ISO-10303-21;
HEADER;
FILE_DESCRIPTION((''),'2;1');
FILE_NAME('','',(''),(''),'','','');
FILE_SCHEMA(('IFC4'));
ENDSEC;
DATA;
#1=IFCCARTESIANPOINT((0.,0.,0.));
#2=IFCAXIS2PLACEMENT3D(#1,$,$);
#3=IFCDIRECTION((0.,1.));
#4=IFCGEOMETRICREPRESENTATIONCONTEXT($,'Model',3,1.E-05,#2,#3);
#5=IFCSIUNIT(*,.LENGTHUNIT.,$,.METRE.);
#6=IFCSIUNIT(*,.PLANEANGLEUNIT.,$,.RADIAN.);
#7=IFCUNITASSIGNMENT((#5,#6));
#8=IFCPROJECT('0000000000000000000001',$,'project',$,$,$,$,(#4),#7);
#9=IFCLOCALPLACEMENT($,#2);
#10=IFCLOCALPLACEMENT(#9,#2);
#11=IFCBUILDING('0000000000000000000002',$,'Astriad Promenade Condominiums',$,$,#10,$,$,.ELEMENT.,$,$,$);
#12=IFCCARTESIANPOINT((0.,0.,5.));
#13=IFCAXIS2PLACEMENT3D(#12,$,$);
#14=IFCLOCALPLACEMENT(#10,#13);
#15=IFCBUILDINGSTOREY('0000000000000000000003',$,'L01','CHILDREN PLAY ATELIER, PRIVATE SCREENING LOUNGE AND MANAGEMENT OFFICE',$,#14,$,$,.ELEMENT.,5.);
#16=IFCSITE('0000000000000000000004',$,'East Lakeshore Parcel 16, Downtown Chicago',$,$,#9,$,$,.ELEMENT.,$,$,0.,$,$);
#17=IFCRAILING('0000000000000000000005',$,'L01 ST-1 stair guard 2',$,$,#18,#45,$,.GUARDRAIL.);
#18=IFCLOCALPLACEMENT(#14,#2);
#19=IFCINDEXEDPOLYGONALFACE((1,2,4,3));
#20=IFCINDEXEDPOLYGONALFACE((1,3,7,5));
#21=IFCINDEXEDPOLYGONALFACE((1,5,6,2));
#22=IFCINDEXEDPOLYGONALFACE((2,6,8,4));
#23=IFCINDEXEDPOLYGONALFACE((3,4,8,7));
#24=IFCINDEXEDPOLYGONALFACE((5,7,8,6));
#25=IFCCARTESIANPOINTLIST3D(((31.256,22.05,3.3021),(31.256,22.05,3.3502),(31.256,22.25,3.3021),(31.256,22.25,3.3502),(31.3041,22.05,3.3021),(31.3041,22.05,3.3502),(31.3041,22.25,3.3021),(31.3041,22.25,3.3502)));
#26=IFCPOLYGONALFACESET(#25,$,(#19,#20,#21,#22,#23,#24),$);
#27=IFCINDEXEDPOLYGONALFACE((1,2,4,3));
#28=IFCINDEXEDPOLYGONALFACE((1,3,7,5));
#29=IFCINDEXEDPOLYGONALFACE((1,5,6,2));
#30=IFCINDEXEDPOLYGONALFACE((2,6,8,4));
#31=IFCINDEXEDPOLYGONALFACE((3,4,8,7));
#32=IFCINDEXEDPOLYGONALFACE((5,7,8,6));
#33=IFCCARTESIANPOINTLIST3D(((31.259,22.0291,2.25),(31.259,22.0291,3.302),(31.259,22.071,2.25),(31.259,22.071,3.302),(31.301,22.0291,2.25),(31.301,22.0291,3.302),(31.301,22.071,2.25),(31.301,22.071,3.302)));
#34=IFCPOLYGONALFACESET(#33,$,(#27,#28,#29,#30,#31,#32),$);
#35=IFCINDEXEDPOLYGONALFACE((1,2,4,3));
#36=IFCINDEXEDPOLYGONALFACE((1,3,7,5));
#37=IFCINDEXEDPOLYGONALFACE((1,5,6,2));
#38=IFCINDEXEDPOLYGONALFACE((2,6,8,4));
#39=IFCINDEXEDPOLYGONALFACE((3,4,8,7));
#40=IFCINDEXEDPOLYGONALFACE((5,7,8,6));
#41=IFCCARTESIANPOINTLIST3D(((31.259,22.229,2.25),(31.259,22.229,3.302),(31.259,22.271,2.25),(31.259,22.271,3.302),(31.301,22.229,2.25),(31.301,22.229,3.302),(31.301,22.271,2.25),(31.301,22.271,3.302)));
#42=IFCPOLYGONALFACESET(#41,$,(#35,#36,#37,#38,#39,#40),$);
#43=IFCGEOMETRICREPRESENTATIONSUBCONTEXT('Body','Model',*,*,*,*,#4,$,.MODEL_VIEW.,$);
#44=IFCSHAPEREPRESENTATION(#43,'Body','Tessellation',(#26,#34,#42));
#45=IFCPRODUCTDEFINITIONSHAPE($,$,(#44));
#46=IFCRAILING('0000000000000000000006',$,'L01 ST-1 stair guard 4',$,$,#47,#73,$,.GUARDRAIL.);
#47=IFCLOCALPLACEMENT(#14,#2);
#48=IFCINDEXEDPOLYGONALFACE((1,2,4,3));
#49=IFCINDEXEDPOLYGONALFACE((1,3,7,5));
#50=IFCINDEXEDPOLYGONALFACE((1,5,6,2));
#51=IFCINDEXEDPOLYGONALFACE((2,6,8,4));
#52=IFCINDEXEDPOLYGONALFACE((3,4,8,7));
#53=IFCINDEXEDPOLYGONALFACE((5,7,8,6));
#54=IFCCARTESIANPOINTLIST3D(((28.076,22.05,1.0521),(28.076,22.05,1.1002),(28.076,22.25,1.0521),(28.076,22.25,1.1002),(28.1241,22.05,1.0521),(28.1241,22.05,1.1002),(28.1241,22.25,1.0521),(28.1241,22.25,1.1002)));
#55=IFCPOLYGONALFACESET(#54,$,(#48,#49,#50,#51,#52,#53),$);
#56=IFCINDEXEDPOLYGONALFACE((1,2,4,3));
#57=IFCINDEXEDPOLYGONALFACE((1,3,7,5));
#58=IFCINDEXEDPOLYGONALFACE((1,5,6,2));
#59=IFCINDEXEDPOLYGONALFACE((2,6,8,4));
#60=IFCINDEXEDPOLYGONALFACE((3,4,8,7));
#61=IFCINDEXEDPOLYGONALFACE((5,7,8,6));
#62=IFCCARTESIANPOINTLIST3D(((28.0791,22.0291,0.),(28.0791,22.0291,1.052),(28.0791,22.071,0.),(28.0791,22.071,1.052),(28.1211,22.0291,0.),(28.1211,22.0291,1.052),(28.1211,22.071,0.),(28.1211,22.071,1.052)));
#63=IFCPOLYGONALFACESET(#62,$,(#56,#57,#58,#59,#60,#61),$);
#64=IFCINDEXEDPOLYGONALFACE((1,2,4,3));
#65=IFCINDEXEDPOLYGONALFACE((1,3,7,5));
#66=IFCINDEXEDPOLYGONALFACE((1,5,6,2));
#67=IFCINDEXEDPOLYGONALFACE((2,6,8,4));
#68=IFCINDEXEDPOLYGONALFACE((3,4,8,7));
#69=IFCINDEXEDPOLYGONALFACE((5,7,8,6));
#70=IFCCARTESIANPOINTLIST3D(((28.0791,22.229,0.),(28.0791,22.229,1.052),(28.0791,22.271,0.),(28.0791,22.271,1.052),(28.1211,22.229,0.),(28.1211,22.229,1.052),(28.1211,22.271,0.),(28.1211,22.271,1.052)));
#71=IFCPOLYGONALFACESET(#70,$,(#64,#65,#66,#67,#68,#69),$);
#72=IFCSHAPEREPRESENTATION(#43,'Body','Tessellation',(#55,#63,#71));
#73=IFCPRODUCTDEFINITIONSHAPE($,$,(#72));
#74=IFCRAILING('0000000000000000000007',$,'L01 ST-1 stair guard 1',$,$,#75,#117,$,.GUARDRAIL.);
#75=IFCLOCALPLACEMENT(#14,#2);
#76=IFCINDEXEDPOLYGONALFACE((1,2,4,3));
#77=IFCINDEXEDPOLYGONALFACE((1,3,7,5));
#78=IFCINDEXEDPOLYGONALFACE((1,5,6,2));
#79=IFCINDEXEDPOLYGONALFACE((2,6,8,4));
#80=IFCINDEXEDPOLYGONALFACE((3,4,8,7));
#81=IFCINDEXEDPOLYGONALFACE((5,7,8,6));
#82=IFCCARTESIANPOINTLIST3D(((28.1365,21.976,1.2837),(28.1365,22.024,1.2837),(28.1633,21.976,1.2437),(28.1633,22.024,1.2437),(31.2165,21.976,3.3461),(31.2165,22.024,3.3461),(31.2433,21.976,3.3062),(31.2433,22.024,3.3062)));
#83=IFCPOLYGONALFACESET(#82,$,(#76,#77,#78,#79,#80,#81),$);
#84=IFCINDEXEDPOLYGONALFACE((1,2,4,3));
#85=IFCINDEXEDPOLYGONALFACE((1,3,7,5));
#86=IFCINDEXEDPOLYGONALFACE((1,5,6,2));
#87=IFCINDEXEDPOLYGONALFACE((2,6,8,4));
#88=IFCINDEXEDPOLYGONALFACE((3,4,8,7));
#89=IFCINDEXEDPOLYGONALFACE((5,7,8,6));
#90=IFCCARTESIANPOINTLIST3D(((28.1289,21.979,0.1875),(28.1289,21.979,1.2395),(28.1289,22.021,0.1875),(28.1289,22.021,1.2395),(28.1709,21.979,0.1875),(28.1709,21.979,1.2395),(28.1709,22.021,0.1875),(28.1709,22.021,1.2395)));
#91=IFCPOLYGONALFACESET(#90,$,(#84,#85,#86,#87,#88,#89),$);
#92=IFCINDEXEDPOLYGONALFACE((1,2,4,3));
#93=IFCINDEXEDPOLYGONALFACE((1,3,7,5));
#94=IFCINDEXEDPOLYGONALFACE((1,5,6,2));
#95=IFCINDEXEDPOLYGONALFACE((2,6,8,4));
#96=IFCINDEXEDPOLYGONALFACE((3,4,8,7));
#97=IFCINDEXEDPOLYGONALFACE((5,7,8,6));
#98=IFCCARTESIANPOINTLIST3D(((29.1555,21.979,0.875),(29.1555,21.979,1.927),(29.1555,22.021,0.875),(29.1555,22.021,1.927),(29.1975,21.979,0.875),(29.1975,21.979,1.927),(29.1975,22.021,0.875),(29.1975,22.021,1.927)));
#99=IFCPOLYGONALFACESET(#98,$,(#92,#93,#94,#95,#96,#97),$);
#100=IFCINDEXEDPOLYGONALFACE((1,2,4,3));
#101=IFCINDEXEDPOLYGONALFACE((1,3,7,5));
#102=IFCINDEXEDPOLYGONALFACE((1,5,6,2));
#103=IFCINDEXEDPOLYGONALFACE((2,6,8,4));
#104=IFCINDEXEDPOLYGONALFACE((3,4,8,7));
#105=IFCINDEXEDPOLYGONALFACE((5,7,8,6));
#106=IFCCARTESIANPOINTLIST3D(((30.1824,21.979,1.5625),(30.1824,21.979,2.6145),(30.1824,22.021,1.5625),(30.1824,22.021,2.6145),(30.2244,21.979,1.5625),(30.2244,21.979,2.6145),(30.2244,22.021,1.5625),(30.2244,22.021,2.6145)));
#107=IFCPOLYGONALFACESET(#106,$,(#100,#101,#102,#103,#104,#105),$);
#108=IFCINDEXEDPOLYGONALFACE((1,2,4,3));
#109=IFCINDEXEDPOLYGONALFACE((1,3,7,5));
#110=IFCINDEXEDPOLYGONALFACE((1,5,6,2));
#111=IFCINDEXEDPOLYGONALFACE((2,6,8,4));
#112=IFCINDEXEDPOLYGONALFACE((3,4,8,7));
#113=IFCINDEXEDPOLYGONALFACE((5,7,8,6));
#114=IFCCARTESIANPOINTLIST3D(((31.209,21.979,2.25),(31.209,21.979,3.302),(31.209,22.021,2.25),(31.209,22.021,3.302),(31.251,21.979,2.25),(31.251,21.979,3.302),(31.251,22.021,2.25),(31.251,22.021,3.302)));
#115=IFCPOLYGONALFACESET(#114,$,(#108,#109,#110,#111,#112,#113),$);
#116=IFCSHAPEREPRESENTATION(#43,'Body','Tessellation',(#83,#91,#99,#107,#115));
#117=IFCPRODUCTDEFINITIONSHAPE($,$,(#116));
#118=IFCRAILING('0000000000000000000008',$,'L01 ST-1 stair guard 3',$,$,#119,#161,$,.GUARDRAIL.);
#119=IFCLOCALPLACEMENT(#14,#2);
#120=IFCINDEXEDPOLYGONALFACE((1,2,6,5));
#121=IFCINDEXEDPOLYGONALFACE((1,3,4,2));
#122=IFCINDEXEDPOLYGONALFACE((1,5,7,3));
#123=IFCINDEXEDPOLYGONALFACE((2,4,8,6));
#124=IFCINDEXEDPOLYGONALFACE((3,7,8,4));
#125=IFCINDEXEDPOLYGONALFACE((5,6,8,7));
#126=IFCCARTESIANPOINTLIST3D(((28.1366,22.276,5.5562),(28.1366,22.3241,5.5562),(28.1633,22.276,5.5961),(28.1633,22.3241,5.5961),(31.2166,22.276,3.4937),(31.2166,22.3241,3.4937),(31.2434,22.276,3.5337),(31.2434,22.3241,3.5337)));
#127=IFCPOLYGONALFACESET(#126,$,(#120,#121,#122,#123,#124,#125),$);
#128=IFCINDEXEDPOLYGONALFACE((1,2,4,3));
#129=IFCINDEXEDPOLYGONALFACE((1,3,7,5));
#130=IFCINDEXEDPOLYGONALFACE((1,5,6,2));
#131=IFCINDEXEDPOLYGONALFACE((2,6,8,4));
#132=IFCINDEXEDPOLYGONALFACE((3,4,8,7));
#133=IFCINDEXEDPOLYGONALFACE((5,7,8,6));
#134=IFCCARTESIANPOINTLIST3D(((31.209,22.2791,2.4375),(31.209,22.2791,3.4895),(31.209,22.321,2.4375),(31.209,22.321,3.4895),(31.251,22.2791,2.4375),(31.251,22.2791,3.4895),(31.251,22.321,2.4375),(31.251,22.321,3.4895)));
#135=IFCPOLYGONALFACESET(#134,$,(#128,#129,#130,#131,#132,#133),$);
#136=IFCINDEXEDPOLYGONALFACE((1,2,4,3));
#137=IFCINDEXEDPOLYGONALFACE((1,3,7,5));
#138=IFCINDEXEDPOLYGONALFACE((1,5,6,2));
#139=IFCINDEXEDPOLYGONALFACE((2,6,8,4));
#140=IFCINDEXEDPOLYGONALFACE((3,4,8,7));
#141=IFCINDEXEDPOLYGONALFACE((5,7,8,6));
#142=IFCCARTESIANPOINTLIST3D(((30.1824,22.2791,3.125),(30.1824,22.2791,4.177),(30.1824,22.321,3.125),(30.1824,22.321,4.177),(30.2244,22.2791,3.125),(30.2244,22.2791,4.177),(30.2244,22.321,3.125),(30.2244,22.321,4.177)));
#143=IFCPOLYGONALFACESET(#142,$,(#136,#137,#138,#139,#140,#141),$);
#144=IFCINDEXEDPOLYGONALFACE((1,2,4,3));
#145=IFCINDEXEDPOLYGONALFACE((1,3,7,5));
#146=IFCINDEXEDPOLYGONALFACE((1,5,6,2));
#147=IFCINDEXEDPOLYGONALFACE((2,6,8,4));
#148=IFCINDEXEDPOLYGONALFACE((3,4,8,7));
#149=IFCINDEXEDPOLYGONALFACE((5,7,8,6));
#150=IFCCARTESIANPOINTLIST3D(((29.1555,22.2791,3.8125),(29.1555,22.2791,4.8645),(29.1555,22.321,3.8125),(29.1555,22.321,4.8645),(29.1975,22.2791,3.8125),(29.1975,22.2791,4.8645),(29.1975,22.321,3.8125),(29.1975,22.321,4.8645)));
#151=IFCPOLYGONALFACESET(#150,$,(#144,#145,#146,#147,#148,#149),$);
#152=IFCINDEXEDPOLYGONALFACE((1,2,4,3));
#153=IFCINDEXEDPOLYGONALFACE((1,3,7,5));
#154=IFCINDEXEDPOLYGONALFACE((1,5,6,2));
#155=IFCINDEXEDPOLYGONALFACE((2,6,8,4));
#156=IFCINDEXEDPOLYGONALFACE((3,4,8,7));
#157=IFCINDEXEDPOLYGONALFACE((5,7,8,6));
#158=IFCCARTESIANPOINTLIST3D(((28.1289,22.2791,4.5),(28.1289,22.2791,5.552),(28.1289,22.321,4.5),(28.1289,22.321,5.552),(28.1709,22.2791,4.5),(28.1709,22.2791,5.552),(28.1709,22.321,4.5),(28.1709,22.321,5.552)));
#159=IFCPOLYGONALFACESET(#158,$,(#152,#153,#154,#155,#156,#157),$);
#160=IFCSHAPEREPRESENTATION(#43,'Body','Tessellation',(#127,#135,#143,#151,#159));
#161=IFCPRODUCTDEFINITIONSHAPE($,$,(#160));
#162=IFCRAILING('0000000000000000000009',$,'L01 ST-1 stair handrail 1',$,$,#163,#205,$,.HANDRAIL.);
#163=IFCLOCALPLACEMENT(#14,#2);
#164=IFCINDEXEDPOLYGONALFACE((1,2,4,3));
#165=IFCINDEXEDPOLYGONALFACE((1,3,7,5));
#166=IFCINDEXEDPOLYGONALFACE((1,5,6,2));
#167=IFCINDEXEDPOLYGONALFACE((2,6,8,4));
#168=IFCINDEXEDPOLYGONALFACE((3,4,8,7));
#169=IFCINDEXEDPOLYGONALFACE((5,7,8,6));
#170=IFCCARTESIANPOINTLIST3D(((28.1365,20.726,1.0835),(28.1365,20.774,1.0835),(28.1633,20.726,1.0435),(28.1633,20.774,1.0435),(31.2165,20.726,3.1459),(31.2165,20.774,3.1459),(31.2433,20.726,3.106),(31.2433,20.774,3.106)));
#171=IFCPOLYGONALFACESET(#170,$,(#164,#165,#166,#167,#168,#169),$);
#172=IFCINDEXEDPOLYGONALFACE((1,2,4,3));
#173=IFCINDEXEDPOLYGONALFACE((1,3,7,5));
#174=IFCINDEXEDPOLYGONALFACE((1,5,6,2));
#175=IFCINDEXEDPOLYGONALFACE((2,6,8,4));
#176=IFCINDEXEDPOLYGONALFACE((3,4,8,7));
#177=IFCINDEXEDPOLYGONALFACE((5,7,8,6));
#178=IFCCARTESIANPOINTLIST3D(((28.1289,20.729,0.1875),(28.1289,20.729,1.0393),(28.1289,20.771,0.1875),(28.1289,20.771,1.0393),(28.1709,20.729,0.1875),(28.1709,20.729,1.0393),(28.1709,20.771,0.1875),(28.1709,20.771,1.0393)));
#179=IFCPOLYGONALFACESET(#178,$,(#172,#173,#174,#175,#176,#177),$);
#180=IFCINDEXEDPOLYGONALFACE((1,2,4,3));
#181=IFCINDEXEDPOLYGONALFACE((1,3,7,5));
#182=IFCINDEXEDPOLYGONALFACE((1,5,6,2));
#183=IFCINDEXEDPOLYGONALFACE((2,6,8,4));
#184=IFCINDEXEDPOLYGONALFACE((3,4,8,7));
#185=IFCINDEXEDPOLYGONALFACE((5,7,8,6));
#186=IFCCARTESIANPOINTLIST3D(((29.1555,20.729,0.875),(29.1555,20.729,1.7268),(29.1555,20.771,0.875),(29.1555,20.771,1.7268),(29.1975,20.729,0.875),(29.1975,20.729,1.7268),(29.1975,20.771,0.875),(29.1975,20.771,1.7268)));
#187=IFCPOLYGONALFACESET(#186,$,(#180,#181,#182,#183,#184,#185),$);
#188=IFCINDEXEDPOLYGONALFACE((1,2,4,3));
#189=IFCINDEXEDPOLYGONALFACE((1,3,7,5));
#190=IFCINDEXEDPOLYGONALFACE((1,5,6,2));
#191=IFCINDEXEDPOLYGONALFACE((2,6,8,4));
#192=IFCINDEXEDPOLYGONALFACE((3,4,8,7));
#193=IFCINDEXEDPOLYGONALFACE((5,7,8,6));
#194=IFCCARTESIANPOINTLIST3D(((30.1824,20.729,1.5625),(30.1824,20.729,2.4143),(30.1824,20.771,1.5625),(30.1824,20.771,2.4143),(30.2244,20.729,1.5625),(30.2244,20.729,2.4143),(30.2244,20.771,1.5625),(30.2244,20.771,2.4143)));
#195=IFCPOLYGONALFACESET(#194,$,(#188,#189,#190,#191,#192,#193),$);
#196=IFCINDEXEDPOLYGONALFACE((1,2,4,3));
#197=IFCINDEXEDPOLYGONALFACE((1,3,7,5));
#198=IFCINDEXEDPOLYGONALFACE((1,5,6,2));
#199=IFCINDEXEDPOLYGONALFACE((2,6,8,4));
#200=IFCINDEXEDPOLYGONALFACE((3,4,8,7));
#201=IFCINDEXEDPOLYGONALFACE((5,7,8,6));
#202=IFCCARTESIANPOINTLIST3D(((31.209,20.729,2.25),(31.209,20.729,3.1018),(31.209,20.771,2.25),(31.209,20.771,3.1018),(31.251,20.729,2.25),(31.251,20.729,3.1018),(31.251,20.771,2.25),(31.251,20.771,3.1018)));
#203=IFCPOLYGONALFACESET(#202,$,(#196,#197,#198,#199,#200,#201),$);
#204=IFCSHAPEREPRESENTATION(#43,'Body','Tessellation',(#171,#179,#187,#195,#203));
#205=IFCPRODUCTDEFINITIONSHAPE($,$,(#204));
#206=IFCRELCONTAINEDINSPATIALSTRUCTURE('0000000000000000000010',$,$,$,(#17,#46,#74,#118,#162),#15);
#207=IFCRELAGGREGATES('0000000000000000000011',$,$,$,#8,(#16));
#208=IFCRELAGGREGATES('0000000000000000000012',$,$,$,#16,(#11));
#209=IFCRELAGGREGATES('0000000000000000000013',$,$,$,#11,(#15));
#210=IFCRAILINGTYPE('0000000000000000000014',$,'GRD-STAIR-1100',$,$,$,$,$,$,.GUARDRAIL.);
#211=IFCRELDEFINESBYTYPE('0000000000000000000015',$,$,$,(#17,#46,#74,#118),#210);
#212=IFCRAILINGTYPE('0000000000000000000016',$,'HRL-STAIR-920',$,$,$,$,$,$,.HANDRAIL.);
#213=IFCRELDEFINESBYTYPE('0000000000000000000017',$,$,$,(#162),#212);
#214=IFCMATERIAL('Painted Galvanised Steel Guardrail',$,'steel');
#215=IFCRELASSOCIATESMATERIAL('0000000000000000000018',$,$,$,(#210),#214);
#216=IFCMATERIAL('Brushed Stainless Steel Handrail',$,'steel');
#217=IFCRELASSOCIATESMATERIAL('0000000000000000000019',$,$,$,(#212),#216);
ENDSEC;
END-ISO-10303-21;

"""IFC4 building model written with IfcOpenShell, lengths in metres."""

from ifc_helpers import new_model, si_unit, direction, frame, origin, origin_2d, place, context, subcontext, project, spatial, rectangle, extrude, source, transform, mapped, material, type_object, type_shapes, element, save


model = new_model("IFC4")

# Units and contexts
model_context = context("Model", 3, precision=1e-05, world=origin(), true_north=direction((0.0, 1.0)))
body_context = subcontext(model_context, "Body", "Model", "MODEL_VIEW")
ifc_project = project(units=[si_unit("LENGTHUNIT", "METRE"), si_unit("PLANEANGLEUNIT", "RADIAN")], contexts=[model_context])

# Site, building, storey
site_placement = place(None, origin())
site = spatial("IfcSite", under=ifc_project, at=site_placement, Name="East Lakeshore Parcel 16, Downtown Chicago", CompositionType="ELEMENT", RefElevation=0.0)
building_placement = place(site_placement, origin())
building = spatial("IfcBuilding", under=site, at=building_placement, Name="Astriad Promenade Condominiums", CompositionType="ELEMENT")
storey_placement = place(building_placement, frame((0.0, 0.0, 5.0)))
storey = spatial("IfcBuildingStorey", under=building, at=storey_placement, Name="L01", Description="CHILDREN PLAY ATELIER, PRIVATE SCREENING LOUNGE AND MANAGEMENT OFFICE", CompositionType="ELEMENT", Elevation=5.0)

# Railings
ifc_material_1 = material(Name="Painted Galvanised Steel Guardrail", Category="steel")
railing_type_1 = type_object("IfcRailingType", Name="GRD-STAIR-1100", PredefinedType="GUARDRAIL", material=ifc_material_1)
shared_shape_1 = source(origin(), body_context, "Body", "SweptSolid", [
    extrude(rectangle(XDim=0.0481, YDim=0.0481, at=origin_2d()), frame((0.0, 0.0, 1.0762), z_axis=(0.0, 1.0, 0.0), x_axis=(-1.0, 0.0, 0.0)), (0.0, 0.0, 1.0), 0.2),
    extrude(rectangle(XDim=0.042, YDim=0.042, at=origin_2d()), origin(), (0.0, 0.0, 1.0), 1.052),
    extrude(rectangle(XDim=0.042, YDim=0.042, at=origin_2d()), frame((0.0, 0.2, 0.0)), (0.0, 0.0, 1.0), 1.052),
])
for number, where, name in (
    (1, (31.28, 22.05, 2.25), "L01 ST-1 stair guard 2"),
    (2, (28.1001, 22.05, 0.0), "L01 ST-1 stair guard 4"),
):
    element("IfcRailing", number, at=place(storey_placement, frame(where)), inside=storey, type_object=railing_type_1, Name=name, PredefinedType="GUARDRAIL", context=body_context, shape_type="MappedRepresentation", body=[
        mapped(shared_shape_1, transform((0.0, 0.0, 0.0), scale=1.0)),
    ])
shared_shape_2 = source(origin(), body_context, "Body", "SweptSolid", [
    extrude(rectangle(XDim=0.0481, YDim=0.0481, at=origin_2d()), frame((0.0, 0.0, 1.0762), z_axis=(0.830914, 0.0, 0.556401), x_axis=(0.0, 1.0, 0.0)), (0.0, 0.0, 1.0), 3.7068),
    extrude(rectangle(XDim=0.042, YDim=0.042, at=origin_2d()), origin(), (0.0, 0.0, 1.0), 1.052),
    extrude(rectangle(XDim=0.042, YDim=0.042, at=origin_2d()), frame((1.0266, 0.0, 0.6875)), (0.0, 0.0, 1.0), 1.052),
    extrude(rectangle(XDim=0.042, YDim=0.042, at=origin_2d()), frame((2.0535, 0.0, 1.375)), (0.0, 0.0, 1.0), 1.052),
    extrude(rectangle(XDim=0.042, YDim=0.042, at=origin_2d()), frame((3.0801, 0.0, 2.0625)), (0.0, 0.0, 1.0), 1.052),
])
railing_1_placement = place(storey_placement, frame((28.1499, 22.0, 0.1875)))
element("IfcRailing", 3, at=railing_1_placement, inside=storey, type_object=railing_type_1, Name="L01 ST-1 stair guard 1", PredefinedType="GUARDRAIL", context=body_context, shape_type="MappedRepresentation", body=[
    mapped(shared_shape_2, transform((0.0, 0.0, 0.0), scale=1.0)),
])
shared_shape_3 = source(origin(), body_context, "Body", "SweptSolid", [
    extrude(rectangle(XDim=0.0481, YDim=0.0481, at=origin_2d()), frame((0.0, 0.0, 1.0762), z_axis=(-0.830914, 0.0, 0.556401), x_axis=(0.0, -1.0, 0.0)), (0.0, 0.0, 1.0), 3.7068),
    extrude(rectangle(XDim=0.042, YDim=0.042, at=origin_2d()), origin(), (0.0, 0.0, 1.0), 1.052),
    extrude(rectangle(XDim=0.042, YDim=0.042, at=origin_2d()), frame((-1.0266, 0.0, 0.6875)), (0.0, 0.0, 1.0), 1.052),
    extrude(rectangle(XDim=0.042, YDim=0.042, at=origin_2d()), frame((-2.0535, 0.0, 1.375)), (0.0, 0.0, 1.0), 1.052),
    extrude(rectangle(XDim=0.042, YDim=0.042, at=origin_2d()), frame((-3.0801, 0.0, 2.0625)), (0.0, 0.0, 1.0), 1.052),
])
type_shapes(railing_type_1, [shared_shape_1, shared_shape_2, shared_shape_3])
railing_2_placement = place(storey_placement, frame((31.23, 22.3, 2.4375)))
element("IfcRailing", 4, at=railing_2_placement, inside=storey, type_object=railing_type_1, Name="L01 ST-1 stair guard 3", PredefinedType="GUARDRAIL", context=body_context, shape_type="MappedRepresentation", body=[
    mapped(shared_shape_3, transform((0.0, 0.0, 0.0), scale=1.0)),
])
ifc_material_2 = material(Name="Brushed Stainless Steel Handrail", Category="steel")
railing_type_2 = type_object("IfcRailingType", Name="HRL-STAIR-920", PredefinedType="HANDRAIL", material=ifc_material_2)
shared_shape_4 = source(origin(), body_context, "Body", "SweptSolid", [
    extrude(rectangle(XDim=0.0481, YDim=0.0481, at=origin_2d()), frame((0.0, 0.0, 0.876), z_axis=(0.830914, 0.0, 0.556401), x_axis=(0.0, 1.0, 0.0)), (0.0, 0.0, 1.0), 3.7068),
    extrude(rectangle(XDim=0.042, YDim=0.042, at=origin_2d()), origin(), (0.0, 0.0, 1.0), 0.8518),
    extrude(rectangle(XDim=0.042, YDim=0.042, at=origin_2d()), frame((1.0266, 0.0, 0.6875)), (0.0, 0.0, 1.0), 0.8518),
    extrude(rectangle(XDim=0.042, YDim=0.042, at=origin_2d()), frame((2.0535, 0.0, 1.375)), (0.0, 0.0, 1.0), 0.8518),
    extrude(rectangle(XDim=0.042, YDim=0.042, at=origin_2d()), frame((3.0801, 0.0, 2.0625)), (0.0, 0.0, 1.0), 0.8518),
])
railing_3_placement = place(storey_placement, frame((28.1499, 20.75, 0.1875)))
element("IfcRailing", 5, at=railing_3_placement, inside=storey, type_object=railing_type_2, Name="L01 ST-1 stair handrail 1", PredefinedType="HANDRAIL", context=body_context, shape_type="MappedRepresentation", body=[
    mapped(shared_shape_4, transform((0.0, 0.0, 0.0), scale=1.0)),
])

save(model, "model.ifc")
